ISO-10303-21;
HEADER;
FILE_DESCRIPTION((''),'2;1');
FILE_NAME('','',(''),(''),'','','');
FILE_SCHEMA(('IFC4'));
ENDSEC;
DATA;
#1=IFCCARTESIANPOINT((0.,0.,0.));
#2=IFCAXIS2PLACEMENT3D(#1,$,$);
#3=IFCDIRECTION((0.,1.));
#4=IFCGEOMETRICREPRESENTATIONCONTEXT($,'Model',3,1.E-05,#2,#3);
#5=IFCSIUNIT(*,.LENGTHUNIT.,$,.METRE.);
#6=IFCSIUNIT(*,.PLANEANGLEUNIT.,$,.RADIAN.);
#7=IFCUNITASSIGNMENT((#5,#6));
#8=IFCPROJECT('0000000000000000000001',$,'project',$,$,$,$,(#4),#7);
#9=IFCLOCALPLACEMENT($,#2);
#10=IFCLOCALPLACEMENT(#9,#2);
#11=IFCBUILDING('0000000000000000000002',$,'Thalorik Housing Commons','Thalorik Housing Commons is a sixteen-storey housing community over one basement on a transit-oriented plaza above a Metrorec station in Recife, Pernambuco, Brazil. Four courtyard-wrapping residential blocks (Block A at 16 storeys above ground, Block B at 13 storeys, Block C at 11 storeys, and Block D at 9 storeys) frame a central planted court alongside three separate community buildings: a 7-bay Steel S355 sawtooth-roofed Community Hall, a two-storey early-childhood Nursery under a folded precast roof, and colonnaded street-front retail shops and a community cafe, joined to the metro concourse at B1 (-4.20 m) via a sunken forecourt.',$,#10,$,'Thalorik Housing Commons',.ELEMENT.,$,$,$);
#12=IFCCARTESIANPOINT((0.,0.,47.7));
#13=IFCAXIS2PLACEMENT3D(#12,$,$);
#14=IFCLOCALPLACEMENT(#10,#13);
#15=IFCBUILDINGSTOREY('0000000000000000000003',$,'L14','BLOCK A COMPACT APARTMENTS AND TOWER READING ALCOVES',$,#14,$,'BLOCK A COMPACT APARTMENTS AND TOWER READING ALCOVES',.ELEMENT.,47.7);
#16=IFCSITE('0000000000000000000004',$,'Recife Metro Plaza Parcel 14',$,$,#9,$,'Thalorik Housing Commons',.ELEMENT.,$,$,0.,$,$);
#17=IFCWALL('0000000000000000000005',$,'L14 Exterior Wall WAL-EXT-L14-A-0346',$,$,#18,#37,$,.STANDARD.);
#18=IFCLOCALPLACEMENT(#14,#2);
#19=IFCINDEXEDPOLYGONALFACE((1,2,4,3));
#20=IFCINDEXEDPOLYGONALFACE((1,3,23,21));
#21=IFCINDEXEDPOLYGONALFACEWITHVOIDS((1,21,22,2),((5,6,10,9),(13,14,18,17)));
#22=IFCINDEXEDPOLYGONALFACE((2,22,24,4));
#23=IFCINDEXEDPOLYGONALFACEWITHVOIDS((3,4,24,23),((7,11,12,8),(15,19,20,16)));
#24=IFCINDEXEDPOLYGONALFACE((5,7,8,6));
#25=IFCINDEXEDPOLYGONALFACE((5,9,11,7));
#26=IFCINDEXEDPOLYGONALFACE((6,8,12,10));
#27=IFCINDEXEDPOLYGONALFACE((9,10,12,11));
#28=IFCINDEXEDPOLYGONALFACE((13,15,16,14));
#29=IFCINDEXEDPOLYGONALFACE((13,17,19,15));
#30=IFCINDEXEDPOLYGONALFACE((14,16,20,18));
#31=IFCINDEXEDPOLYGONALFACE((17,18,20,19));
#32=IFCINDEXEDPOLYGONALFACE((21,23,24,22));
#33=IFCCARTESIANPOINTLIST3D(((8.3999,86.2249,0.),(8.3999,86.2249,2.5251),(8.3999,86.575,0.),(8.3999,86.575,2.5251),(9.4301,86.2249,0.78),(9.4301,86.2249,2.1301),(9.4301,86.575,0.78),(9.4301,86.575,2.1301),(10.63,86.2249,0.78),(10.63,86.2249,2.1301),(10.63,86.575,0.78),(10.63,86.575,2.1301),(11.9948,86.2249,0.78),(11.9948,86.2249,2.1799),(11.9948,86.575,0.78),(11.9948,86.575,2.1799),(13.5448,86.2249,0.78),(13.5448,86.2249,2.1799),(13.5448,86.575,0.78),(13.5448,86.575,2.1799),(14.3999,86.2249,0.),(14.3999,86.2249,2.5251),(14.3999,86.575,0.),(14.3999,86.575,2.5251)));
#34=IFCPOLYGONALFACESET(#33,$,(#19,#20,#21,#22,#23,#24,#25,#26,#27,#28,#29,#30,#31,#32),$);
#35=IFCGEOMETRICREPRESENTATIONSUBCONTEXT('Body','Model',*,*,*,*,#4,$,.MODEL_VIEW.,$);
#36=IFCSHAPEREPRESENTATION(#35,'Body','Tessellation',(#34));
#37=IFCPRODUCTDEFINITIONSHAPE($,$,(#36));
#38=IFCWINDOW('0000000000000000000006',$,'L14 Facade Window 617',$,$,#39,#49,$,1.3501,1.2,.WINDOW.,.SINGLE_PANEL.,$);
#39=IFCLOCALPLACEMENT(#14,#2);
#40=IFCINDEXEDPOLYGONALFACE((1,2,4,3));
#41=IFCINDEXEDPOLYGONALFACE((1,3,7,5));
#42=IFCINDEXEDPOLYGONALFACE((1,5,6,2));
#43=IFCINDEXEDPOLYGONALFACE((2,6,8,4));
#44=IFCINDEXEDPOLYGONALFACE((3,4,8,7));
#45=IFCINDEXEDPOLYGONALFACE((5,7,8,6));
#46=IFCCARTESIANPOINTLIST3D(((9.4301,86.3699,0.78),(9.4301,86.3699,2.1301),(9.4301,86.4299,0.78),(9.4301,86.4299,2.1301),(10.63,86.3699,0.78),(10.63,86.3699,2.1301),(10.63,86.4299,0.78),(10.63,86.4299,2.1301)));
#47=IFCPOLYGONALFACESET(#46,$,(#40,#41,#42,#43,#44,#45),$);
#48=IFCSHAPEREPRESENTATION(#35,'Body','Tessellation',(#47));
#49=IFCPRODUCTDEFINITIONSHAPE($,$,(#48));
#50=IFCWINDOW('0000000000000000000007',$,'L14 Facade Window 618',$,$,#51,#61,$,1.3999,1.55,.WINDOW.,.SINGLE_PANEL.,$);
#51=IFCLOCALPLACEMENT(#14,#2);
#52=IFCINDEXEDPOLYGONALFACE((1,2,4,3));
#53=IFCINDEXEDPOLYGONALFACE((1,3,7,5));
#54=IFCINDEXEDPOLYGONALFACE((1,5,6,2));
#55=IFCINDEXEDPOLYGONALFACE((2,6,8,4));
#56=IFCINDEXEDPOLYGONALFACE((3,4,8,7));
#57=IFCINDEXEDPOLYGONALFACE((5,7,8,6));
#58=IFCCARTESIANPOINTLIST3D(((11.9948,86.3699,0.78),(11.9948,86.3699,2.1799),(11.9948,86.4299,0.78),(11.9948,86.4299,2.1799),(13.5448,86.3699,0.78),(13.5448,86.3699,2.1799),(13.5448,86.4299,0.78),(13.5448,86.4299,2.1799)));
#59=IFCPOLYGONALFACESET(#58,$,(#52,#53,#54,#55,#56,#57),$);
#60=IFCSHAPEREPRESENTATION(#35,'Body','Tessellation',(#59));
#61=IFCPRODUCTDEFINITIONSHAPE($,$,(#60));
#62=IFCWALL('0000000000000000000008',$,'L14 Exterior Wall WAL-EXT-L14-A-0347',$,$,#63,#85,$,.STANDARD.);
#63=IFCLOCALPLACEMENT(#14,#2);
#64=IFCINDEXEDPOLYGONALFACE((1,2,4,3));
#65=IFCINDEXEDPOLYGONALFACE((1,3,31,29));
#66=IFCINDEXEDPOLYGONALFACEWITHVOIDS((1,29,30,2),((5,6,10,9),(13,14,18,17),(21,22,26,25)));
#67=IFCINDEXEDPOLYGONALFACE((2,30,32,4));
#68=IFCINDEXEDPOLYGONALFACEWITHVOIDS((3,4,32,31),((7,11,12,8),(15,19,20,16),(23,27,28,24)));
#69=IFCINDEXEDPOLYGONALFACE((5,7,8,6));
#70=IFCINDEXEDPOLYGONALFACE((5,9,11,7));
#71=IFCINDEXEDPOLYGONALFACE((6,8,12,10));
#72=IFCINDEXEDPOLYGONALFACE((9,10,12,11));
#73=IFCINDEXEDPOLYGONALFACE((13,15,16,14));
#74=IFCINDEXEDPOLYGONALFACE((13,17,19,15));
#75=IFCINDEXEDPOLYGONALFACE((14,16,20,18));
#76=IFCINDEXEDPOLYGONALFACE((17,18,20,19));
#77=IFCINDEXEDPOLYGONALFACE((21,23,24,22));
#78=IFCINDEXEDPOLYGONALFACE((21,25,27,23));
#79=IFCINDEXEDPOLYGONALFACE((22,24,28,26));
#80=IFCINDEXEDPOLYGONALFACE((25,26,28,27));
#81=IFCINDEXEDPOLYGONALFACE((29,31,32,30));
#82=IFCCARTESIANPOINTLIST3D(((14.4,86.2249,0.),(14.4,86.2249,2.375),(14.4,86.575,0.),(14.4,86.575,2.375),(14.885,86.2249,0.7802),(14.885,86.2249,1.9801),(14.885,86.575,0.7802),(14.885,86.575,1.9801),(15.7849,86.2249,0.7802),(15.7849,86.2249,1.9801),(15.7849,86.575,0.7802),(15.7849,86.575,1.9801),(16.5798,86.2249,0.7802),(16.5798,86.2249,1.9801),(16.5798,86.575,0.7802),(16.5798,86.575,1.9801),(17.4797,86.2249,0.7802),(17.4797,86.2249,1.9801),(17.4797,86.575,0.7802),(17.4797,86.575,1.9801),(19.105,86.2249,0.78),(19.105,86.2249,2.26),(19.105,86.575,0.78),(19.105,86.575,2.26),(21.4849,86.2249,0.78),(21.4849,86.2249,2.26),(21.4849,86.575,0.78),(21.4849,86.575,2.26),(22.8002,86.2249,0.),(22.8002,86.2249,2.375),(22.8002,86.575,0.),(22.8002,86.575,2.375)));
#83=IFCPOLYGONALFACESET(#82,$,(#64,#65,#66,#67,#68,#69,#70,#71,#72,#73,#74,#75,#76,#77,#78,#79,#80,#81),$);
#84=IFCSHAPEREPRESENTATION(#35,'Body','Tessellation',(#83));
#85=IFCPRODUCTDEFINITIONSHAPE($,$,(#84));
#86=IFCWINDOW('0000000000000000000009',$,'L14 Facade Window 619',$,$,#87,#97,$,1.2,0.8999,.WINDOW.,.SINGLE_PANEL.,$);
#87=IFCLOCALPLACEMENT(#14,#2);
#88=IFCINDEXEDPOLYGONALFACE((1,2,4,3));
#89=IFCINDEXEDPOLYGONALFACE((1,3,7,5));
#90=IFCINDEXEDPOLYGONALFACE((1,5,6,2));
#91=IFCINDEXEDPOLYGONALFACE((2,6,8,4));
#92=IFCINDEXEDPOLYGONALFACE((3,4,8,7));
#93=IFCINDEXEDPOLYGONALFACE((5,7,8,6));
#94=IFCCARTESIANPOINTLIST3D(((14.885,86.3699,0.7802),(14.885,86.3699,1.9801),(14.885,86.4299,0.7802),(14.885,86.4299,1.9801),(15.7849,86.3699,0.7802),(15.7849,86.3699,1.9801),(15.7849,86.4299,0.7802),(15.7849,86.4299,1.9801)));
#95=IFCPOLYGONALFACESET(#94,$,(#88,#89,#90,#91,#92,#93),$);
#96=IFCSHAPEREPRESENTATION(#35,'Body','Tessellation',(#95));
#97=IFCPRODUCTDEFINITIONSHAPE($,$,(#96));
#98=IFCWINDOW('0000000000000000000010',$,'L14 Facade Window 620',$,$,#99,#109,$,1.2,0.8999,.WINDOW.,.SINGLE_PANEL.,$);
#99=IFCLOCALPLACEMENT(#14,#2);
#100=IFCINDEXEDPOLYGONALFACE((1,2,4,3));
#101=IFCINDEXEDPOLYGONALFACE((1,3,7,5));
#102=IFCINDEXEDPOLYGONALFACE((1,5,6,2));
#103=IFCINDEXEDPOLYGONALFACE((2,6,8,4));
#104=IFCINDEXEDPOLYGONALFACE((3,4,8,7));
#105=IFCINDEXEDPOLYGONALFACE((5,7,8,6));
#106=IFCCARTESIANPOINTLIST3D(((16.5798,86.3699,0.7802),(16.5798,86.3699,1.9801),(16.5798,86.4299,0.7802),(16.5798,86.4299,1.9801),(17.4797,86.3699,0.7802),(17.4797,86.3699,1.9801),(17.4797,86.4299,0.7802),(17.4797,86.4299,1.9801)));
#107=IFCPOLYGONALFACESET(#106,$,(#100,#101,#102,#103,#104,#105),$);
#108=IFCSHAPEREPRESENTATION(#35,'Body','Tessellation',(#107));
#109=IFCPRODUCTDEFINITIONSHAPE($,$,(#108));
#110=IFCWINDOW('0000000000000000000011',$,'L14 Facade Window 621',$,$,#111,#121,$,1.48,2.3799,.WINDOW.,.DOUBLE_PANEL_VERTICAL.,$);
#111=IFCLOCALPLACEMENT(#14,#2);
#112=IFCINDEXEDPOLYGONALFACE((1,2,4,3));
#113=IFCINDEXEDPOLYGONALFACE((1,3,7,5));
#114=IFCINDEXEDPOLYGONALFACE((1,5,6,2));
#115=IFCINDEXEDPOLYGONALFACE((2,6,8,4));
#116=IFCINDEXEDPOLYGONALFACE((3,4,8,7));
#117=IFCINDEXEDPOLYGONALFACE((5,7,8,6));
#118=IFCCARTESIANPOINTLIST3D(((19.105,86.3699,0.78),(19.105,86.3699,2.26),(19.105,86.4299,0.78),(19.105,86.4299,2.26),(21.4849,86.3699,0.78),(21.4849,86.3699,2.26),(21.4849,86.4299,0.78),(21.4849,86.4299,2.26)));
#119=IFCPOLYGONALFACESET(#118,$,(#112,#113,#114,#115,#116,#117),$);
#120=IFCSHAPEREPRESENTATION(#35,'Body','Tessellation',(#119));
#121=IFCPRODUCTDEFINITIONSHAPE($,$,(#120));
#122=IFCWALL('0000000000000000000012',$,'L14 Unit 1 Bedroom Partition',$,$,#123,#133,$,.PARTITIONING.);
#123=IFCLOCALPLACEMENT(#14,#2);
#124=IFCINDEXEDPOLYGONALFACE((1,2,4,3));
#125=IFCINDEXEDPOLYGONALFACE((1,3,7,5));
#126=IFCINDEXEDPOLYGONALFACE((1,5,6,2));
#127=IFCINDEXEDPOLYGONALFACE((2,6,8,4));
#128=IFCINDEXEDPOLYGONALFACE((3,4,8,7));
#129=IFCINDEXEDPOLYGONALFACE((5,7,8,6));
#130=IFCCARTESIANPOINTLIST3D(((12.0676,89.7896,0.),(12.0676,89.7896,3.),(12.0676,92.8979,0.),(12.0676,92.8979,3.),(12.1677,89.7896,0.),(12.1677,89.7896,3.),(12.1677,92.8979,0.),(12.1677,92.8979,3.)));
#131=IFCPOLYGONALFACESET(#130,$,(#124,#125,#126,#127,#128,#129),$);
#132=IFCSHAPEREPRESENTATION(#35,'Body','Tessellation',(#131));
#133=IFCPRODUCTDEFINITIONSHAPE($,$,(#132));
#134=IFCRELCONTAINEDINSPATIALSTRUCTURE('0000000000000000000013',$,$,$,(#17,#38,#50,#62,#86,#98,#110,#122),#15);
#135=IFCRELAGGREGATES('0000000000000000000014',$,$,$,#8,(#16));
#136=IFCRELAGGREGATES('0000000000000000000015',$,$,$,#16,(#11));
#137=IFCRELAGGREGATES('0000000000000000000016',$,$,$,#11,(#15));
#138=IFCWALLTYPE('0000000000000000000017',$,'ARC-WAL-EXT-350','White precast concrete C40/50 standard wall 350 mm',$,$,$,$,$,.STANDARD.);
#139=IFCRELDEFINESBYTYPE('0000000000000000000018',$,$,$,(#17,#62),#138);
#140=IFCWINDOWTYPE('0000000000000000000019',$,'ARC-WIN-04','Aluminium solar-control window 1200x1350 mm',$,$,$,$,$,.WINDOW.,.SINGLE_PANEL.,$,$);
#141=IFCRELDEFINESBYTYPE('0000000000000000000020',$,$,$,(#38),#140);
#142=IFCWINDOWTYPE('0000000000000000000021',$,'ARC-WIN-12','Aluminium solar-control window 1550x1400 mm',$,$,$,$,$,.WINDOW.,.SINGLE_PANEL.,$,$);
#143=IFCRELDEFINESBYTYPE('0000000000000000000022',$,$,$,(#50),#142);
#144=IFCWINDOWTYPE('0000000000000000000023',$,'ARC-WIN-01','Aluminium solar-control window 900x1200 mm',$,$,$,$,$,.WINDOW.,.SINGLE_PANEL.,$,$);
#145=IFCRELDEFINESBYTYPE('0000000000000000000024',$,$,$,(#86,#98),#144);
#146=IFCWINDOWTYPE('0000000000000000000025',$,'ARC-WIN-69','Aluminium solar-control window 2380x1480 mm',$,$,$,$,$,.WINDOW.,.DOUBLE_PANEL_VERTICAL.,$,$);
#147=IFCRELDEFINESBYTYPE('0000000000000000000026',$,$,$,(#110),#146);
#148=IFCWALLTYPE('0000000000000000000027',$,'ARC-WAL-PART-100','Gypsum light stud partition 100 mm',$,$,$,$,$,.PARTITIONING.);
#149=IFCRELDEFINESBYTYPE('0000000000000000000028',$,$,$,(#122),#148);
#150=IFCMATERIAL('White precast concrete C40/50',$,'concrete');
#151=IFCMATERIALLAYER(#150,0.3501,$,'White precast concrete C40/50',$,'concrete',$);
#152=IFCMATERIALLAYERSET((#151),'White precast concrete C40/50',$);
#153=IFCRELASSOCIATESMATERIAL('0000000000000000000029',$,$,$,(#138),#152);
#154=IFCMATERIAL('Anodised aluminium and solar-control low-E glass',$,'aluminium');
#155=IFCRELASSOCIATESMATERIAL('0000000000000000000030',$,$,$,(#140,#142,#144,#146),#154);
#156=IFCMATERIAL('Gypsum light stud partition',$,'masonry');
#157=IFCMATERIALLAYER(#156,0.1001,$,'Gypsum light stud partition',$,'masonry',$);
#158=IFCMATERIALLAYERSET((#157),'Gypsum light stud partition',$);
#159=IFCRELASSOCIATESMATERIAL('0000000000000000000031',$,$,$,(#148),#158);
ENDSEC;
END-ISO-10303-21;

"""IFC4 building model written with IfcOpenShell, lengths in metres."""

from ifc_helpers import new_model, si_unit, direction, frame, frame_2d, origin, place, context, subcontext, project, spatial, rectangle, extrude, material, layer, layer_set, type_object, element, fill, save


model = new_model("IFC4")

# Units and contexts
model_context = context("Model", 3, precision=1e-05, world=origin(), true_north=direction((0.0, 1.0)))
body_context = subcontext(model_context, "Body", "Model", "MODEL_VIEW")
ifc_project = project(units=[si_unit("LENGTHUNIT", "METRE"), si_unit("PLANEANGLEUNIT", "RADIAN")], contexts=[model_context])

# Site, building, storey
site_placement = place(None, origin())
site = spatial("IfcSite", under=ifc_project, at=site_placement, Name="Recife Metro Plaza Parcel 14", LongName="Thalorik Housing Commons", CompositionType="ELEMENT", RefElevation=0.0)
building_placement = place(site_placement, origin())
building = spatial("IfcBuilding", under=site, at=building_placement, Name="Thalorik Housing Commons", Description="Thalorik Housing Commons is a sixteen-storey housing community over one basement on a transit-oriented plaza above a Metrorec station in Recife, Pernambuco, Brazil. Four courtyard-wrapping residential blocks (Block A at 16 storeys above ground, Block B at 13 storeys, Block C at 11 storeys, and Block D at 9 storeys) frame a central planted court alongside three separate community buildings: a 7-bay Steel S355 sawtooth-roofed Community Hall, a two-storey early-childhood Nursery under a folded precast roof, and colonnaded street-front retail shops and a community cafe, joined to the metro concourse at B1 (-4.20 m) via a sunken forecourt.", LongName="Thalorik Housing Commons", CompositionType="ELEMENT")
storey_placement = place(building_placement, frame((0.0, 0.0, 47.7)))
storey = spatial("IfcBuildingStorey", under=building, at=storey_placement, Name="L14", Description="BLOCK A COMPACT APARTMENTS AND TOWER READING ALCOVES", LongName="BLOCK A COMPACT APARTMENTS AND TOWER READING ALCOVES", CompositionType="ELEMENT", Elevation=47.7)

# Walls, openings, windows
ifc_material_1 = material(Name="White precast concrete C40/50", Category="concrete")
ifc_layer_1 = layer(ifc_material_1, 0.3501, Name="White precast concrete C40/50", Category="concrete")
ifc_layer_set_1 = layer_set([ifc_layer_1], Name="White precast concrete C40/50")
wall_type_1 = type_object("IfcWallType", Name="ARC-WAL-EXT-350", Description="White precast concrete C40/50 standard wall 350 mm", PredefinedType="STANDARD", material=ifc_layer_set_1)
wall_1_placement = place(storey_placement, frame((8.3999, 86.3999, 0.0), z_axis=(0.0, 0.0, 1.0), x_axis=(1.0, 0.0, 0.0)))
wall_1 = element("IfcWall", 1, at=wall_1_placement, inside=storey, type_object=wall_type_1, Name="L14 Exterior Wall WAL-EXT-L14-A-0346", PredefinedType="STANDARD", context=body_context, shape_type="SweptSolid", body=[
    extrude(rectangle(XDim=6.0, YDim=0.3501, at=frame_2d((3.0, 0.0))), origin(), (0.0, 0.0, 1.0), 2.5251),
])
opening_1_placement = place(wall_1_placement, frame((1.03, 0.0, 0.78)))
opening_1 = element("IfcOpeningElement", 2, at=opening_1_placement, cuts=wall_1, PredefinedType="OPENING", context=body_context, shape_type="SweptSolid", body=[
    extrude(rectangle(XDim=1.2, YDim=1.3501, at=frame_2d((0.6001, 0.675))), frame((0.0, 0.1851, 0.0), z_axis=(0.0, -1.0, 0.0), x_axis=(1.0, 0.0, 0.0)), (0.0, 0.0, 1.0), 0.3701),
])
opening_2_placement = place(wall_1_placement, frame((3.595, 0.0, 0.78)))
opening_2 = element("IfcOpeningElement", 3, at=opening_2_placement, cuts=wall_1, PredefinedType="OPENING", context=body_context, shape_type="SweptSolid", body=[
    extrude(rectangle(XDim=1.55, YDim=1.3999, at=frame_2d((0.7749, 0.7))), frame((0.0, 0.1851, 0.0), z_axis=(0.0, -1.0, 0.0), x_axis=(1.0, 0.0, 0.0)), (0.0, 0.0, 1.0), 0.3701),
])
ifc_material_2 = material(Name="Anodised aluminium and solar-control low-E glass", Category="aluminium")
window_type_1 = type_object("IfcWindowType", Name="ARC-WIN-04", Description="Aluminium solar-control window 1200x1350 mm", PartitioningType="SINGLE_PANEL", PredefinedType="WINDOW", material=ifc_material_2)
window_1_placement = place(opening_1_placement, origin())
window_1 = element("IfcWindow", 4, at=window_1_placement, inside=storey, type_object=window_type_1, Name="L14 Facade Window 617", OverallHeight=1.3501, OverallWidth=1.2, PartitioningType="SINGLE_PANEL", PredefinedType="WINDOW", context=body_context, shape_type="SweptSolid", body=[
    extrude(rectangle(XDim=1.2, YDim=1.3501, at=frame_2d((0.6001, 0.675))), frame((0.0, 0.03, 0.0), z_axis=(0.0, -1.0, 0.0), x_axis=(1.0, 0.0, 0.0)), (0.0, 0.0, 1.0), 0.0601),
])
fill(opening_1, window_1)
window_type_2 = type_object("IfcWindowType", Name="ARC-WIN-12", Description="Aluminium solar-control window 1550x1400 mm", PartitioningType="SINGLE_PANEL", PredefinedType="WINDOW", material=ifc_material_2)
window_2_placement = place(opening_2_placement, origin())
window_2 = element("IfcWindow", 5, at=window_2_placement, inside=storey, type_object=window_type_2, Name="L14 Facade Window 618", OverallHeight=1.3999, OverallWidth=1.55, PartitioningType="SINGLE_PANEL", PredefinedType="WINDOW", context=body_context, shape_type="SweptSolid", body=[
    extrude(rectangle(XDim=1.55, YDim=1.3999, at=frame_2d((0.7749, 0.7))), frame((0.0, 0.03, 0.0), z_axis=(0.0, -1.0, 0.0), x_axis=(1.0, 0.0, 0.0)), (0.0, 0.0, 1.0), 0.0601),
])
fill(opening_2, window_2)
wall_2_placement = place(storey_placement, frame((14.3999, 86.3999, 0.0), z_axis=(0.0, 0.0, 1.0), x_axis=(1.0, 0.0, 0.0)))
wall_2 = element("IfcWall", 6, at=wall_2_placement, inside=storey, type_object=wall_type_1, Name="L14 Exterior Wall WAL-EXT-L14-A-0347", PredefinedType="STANDARD", context=body_context, shape_type="SweptSolid", body=[
    extrude(rectangle(XDim=8.4001, YDim=0.3501, at=frame_2d((4.2002, 0.0))), origin(), (0.0, 0.0, 1.0), 2.375),
])
opening_3_placement = place(wall_2_placement, frame((0.4851, 0.0, 0.78)))
opening_3 = element("IfcOpeningElement", 7, at=opening_3_placement, cuts=wall_2, PredefinedType="OPENING", context=body_context, shape_type="SweptSolid", body=[
    extrude(rectangle(XDim=0.8999, YDim=1.2, at=frame_2d((0.45, 0.6001))), frame((0.0, 0.1851, 0.0), z_axis=(0.0, -1.0, 0.0), x_axis=(1.0, 0.0, 0.0)), (0.0, 0.0, 1.0), 0.3701),
])
opening_4_placement = place(wall_2_placement, frame((2.1799, 0.0, 0.78)))
opening_4 = element("IfcOpeningElement", 8, at=opening_4_placement, cuts=wall_2, PredefinedType="OPENING", context=body_context, shape_type="SweptSolid", body=[
    extrude(rectangle(XDim=0.8999, YDim=1.2, at=frame_2d((0.45, 0.6001))), frame((0.0, 0.1851, 0.0), z_axis=(0.0, -1.0, 0.0), x_axis=(1.0, 0.0, 0.0)), (0.0, 0.0, 1.0), 0.3701),
])
opening_5_placement = place(wall_2_placement, frame((4.7051, 0.0, 0.78)))
opening_5 = element("IfcOpeningElement", 9, at=opening_5_placement, cuts=wall_2, PredefinedType="OPENING", context=body_context, shape_type="SweptSolid", body=[
    extrude(rectangle(XDim=2.3799, YDim=1.48, at=frame_2d((1.1899, 0.74))), frame((0.0, 0.1851, 0.0), z_axis=(0.0, -1.0, 0.0), x_axis=(1.0, 0.0, 0.0)), (0.0, 0.0, 1.0), 0.3701),
])
window_type_3 = type_object("IfcWindowType", Name="ARC-WIN-01", Description="Aluminium solar-control window 900x1200 mm", PartitioningType="SINGLE_PANEL", PredefinedType="WINDOW", material=ifc_material_2)
window_3_placement = place(opening_3_placement, origin())
window_3 = element("IfcWindow", 10, at=window_3_placement, inside=storey, type_object=window_type_3, Name="L14 Facade Window 619", OverallHeight=1.2, OverallWidth=0.8999, PartitioningType="SINGLE_PANEL", PredefinedType="WINDOW", context=body_context, shape_type="SweptSolid", body=[
    extrude(rectangle(XDim=0.8999, YDim=1.2, at=frame_2d((0.45, 0.6001))), frame((0.0, 0.03, 0.0), z_axis=(0.0, -1.0, 0.0), x_axis=(1.0, 0.0, 0.0)), (0.0, 0.0, 1.0), 0.0601),
])
fill(opening_3, window_3)
window_4_placement = place(opening_4_placement, origin())
window_4 = element("IfcWindow", 11, at=window_4_placement, inside=storey, type_object=window_type_3, Name="L14 Facade Window 620", OverallHeight=1.2, OverallWidth=0.8999, PartitioningType="SINGLE_PANEL", PredefinedType="WINDOW", context=body_context, shape_type="SweptSolid", body=[
    extrude(rectangle(XDim=0.8999, YDim=1.2, at=frame_2d((0.45, 0.6001))), frame((0.0, 0.03, 0.0), z_axis=(0.0, -1.0, 0.0), x_axis=(1.0, 0.0, 0.0)), (0.0, 0.0, 1.0), 0.0601),
])
fill(opening_4, window_4)
window_type_4 = type_object("IfcWindowType", Name="ARC-WIN-69", Description="Aluminium solar-control window 2380x1480 mm", PartitioningType="DOUBLE_PANEL_VERTICAL", PredefinedType="WINDOW", material=ifc_material_2)
window_5_placement = place(opening_5_placement, origin())
window_5 = element("IfcWindow", 12, at=window_5_placement, inside=storey, type_object=window_type_4, Name="L14 Facade Window 621", OverallHeight=1.48, OverallWidth=2.3799, PartitioningType="DOUBLE_PANEL_VERTICAL", PredefinedType="WINDOW", context=body_context, shape_type="SweptSolid", body=[
    extrude(rectangle(XDim=2.3799, YDim=1.48, at=frame_2d((1.1899, 0.74))), frame((0.0, 0.03, 0.0), z_axis=(0.0, -1.0, 0.0), x_axis=(1.0, 0.0, 0.0)), (0.0, 0.0, 1.0), 0.0601),
])
fill(opening_5, window_5)

# Wall
ifc_material_3 = material(Name="Gypsum light stud partition", Category="masonry")
ifc_layer_2 = layer(ifc_material_3, 0.1001, Name="Gypsum light stud partition", Category="masonry")
ifc_layer_set_2 = layer_set([ifc_layer_2], Name="Gypsum light stud partition")
wall_type_2 = type_object("IfcWallType", Name="ARC-WAL-PART-100", Description="Gypsum light stud partition 100 mm", PredefinedType="PARTITIONING", material=ifc_layer_set_2)
wall_3_placement = place(storey_placement, frame((12.1177, 89.7896, 0.0), z_axis=(0.0, 0.0, 1.0), x_axis=(0.0, 1.0, 0.0)))
element("IfcWall", 13, at=wall_3_placement, inside=storey, type_object=wall_type_2, Name="L14 Unit 1 Bedroom Partition", PredefinedType="PARTITIONING", context=body_context, shape_type="SweptSolid", body=[
    extrude(rectangle(XDim=3.1084, YDim=0.1001, at=frame_2d((1.5542, 0.0))), origin(), (0.0, 0.0, 1.0), 3.0),
])

save(model, "model.ifc")
